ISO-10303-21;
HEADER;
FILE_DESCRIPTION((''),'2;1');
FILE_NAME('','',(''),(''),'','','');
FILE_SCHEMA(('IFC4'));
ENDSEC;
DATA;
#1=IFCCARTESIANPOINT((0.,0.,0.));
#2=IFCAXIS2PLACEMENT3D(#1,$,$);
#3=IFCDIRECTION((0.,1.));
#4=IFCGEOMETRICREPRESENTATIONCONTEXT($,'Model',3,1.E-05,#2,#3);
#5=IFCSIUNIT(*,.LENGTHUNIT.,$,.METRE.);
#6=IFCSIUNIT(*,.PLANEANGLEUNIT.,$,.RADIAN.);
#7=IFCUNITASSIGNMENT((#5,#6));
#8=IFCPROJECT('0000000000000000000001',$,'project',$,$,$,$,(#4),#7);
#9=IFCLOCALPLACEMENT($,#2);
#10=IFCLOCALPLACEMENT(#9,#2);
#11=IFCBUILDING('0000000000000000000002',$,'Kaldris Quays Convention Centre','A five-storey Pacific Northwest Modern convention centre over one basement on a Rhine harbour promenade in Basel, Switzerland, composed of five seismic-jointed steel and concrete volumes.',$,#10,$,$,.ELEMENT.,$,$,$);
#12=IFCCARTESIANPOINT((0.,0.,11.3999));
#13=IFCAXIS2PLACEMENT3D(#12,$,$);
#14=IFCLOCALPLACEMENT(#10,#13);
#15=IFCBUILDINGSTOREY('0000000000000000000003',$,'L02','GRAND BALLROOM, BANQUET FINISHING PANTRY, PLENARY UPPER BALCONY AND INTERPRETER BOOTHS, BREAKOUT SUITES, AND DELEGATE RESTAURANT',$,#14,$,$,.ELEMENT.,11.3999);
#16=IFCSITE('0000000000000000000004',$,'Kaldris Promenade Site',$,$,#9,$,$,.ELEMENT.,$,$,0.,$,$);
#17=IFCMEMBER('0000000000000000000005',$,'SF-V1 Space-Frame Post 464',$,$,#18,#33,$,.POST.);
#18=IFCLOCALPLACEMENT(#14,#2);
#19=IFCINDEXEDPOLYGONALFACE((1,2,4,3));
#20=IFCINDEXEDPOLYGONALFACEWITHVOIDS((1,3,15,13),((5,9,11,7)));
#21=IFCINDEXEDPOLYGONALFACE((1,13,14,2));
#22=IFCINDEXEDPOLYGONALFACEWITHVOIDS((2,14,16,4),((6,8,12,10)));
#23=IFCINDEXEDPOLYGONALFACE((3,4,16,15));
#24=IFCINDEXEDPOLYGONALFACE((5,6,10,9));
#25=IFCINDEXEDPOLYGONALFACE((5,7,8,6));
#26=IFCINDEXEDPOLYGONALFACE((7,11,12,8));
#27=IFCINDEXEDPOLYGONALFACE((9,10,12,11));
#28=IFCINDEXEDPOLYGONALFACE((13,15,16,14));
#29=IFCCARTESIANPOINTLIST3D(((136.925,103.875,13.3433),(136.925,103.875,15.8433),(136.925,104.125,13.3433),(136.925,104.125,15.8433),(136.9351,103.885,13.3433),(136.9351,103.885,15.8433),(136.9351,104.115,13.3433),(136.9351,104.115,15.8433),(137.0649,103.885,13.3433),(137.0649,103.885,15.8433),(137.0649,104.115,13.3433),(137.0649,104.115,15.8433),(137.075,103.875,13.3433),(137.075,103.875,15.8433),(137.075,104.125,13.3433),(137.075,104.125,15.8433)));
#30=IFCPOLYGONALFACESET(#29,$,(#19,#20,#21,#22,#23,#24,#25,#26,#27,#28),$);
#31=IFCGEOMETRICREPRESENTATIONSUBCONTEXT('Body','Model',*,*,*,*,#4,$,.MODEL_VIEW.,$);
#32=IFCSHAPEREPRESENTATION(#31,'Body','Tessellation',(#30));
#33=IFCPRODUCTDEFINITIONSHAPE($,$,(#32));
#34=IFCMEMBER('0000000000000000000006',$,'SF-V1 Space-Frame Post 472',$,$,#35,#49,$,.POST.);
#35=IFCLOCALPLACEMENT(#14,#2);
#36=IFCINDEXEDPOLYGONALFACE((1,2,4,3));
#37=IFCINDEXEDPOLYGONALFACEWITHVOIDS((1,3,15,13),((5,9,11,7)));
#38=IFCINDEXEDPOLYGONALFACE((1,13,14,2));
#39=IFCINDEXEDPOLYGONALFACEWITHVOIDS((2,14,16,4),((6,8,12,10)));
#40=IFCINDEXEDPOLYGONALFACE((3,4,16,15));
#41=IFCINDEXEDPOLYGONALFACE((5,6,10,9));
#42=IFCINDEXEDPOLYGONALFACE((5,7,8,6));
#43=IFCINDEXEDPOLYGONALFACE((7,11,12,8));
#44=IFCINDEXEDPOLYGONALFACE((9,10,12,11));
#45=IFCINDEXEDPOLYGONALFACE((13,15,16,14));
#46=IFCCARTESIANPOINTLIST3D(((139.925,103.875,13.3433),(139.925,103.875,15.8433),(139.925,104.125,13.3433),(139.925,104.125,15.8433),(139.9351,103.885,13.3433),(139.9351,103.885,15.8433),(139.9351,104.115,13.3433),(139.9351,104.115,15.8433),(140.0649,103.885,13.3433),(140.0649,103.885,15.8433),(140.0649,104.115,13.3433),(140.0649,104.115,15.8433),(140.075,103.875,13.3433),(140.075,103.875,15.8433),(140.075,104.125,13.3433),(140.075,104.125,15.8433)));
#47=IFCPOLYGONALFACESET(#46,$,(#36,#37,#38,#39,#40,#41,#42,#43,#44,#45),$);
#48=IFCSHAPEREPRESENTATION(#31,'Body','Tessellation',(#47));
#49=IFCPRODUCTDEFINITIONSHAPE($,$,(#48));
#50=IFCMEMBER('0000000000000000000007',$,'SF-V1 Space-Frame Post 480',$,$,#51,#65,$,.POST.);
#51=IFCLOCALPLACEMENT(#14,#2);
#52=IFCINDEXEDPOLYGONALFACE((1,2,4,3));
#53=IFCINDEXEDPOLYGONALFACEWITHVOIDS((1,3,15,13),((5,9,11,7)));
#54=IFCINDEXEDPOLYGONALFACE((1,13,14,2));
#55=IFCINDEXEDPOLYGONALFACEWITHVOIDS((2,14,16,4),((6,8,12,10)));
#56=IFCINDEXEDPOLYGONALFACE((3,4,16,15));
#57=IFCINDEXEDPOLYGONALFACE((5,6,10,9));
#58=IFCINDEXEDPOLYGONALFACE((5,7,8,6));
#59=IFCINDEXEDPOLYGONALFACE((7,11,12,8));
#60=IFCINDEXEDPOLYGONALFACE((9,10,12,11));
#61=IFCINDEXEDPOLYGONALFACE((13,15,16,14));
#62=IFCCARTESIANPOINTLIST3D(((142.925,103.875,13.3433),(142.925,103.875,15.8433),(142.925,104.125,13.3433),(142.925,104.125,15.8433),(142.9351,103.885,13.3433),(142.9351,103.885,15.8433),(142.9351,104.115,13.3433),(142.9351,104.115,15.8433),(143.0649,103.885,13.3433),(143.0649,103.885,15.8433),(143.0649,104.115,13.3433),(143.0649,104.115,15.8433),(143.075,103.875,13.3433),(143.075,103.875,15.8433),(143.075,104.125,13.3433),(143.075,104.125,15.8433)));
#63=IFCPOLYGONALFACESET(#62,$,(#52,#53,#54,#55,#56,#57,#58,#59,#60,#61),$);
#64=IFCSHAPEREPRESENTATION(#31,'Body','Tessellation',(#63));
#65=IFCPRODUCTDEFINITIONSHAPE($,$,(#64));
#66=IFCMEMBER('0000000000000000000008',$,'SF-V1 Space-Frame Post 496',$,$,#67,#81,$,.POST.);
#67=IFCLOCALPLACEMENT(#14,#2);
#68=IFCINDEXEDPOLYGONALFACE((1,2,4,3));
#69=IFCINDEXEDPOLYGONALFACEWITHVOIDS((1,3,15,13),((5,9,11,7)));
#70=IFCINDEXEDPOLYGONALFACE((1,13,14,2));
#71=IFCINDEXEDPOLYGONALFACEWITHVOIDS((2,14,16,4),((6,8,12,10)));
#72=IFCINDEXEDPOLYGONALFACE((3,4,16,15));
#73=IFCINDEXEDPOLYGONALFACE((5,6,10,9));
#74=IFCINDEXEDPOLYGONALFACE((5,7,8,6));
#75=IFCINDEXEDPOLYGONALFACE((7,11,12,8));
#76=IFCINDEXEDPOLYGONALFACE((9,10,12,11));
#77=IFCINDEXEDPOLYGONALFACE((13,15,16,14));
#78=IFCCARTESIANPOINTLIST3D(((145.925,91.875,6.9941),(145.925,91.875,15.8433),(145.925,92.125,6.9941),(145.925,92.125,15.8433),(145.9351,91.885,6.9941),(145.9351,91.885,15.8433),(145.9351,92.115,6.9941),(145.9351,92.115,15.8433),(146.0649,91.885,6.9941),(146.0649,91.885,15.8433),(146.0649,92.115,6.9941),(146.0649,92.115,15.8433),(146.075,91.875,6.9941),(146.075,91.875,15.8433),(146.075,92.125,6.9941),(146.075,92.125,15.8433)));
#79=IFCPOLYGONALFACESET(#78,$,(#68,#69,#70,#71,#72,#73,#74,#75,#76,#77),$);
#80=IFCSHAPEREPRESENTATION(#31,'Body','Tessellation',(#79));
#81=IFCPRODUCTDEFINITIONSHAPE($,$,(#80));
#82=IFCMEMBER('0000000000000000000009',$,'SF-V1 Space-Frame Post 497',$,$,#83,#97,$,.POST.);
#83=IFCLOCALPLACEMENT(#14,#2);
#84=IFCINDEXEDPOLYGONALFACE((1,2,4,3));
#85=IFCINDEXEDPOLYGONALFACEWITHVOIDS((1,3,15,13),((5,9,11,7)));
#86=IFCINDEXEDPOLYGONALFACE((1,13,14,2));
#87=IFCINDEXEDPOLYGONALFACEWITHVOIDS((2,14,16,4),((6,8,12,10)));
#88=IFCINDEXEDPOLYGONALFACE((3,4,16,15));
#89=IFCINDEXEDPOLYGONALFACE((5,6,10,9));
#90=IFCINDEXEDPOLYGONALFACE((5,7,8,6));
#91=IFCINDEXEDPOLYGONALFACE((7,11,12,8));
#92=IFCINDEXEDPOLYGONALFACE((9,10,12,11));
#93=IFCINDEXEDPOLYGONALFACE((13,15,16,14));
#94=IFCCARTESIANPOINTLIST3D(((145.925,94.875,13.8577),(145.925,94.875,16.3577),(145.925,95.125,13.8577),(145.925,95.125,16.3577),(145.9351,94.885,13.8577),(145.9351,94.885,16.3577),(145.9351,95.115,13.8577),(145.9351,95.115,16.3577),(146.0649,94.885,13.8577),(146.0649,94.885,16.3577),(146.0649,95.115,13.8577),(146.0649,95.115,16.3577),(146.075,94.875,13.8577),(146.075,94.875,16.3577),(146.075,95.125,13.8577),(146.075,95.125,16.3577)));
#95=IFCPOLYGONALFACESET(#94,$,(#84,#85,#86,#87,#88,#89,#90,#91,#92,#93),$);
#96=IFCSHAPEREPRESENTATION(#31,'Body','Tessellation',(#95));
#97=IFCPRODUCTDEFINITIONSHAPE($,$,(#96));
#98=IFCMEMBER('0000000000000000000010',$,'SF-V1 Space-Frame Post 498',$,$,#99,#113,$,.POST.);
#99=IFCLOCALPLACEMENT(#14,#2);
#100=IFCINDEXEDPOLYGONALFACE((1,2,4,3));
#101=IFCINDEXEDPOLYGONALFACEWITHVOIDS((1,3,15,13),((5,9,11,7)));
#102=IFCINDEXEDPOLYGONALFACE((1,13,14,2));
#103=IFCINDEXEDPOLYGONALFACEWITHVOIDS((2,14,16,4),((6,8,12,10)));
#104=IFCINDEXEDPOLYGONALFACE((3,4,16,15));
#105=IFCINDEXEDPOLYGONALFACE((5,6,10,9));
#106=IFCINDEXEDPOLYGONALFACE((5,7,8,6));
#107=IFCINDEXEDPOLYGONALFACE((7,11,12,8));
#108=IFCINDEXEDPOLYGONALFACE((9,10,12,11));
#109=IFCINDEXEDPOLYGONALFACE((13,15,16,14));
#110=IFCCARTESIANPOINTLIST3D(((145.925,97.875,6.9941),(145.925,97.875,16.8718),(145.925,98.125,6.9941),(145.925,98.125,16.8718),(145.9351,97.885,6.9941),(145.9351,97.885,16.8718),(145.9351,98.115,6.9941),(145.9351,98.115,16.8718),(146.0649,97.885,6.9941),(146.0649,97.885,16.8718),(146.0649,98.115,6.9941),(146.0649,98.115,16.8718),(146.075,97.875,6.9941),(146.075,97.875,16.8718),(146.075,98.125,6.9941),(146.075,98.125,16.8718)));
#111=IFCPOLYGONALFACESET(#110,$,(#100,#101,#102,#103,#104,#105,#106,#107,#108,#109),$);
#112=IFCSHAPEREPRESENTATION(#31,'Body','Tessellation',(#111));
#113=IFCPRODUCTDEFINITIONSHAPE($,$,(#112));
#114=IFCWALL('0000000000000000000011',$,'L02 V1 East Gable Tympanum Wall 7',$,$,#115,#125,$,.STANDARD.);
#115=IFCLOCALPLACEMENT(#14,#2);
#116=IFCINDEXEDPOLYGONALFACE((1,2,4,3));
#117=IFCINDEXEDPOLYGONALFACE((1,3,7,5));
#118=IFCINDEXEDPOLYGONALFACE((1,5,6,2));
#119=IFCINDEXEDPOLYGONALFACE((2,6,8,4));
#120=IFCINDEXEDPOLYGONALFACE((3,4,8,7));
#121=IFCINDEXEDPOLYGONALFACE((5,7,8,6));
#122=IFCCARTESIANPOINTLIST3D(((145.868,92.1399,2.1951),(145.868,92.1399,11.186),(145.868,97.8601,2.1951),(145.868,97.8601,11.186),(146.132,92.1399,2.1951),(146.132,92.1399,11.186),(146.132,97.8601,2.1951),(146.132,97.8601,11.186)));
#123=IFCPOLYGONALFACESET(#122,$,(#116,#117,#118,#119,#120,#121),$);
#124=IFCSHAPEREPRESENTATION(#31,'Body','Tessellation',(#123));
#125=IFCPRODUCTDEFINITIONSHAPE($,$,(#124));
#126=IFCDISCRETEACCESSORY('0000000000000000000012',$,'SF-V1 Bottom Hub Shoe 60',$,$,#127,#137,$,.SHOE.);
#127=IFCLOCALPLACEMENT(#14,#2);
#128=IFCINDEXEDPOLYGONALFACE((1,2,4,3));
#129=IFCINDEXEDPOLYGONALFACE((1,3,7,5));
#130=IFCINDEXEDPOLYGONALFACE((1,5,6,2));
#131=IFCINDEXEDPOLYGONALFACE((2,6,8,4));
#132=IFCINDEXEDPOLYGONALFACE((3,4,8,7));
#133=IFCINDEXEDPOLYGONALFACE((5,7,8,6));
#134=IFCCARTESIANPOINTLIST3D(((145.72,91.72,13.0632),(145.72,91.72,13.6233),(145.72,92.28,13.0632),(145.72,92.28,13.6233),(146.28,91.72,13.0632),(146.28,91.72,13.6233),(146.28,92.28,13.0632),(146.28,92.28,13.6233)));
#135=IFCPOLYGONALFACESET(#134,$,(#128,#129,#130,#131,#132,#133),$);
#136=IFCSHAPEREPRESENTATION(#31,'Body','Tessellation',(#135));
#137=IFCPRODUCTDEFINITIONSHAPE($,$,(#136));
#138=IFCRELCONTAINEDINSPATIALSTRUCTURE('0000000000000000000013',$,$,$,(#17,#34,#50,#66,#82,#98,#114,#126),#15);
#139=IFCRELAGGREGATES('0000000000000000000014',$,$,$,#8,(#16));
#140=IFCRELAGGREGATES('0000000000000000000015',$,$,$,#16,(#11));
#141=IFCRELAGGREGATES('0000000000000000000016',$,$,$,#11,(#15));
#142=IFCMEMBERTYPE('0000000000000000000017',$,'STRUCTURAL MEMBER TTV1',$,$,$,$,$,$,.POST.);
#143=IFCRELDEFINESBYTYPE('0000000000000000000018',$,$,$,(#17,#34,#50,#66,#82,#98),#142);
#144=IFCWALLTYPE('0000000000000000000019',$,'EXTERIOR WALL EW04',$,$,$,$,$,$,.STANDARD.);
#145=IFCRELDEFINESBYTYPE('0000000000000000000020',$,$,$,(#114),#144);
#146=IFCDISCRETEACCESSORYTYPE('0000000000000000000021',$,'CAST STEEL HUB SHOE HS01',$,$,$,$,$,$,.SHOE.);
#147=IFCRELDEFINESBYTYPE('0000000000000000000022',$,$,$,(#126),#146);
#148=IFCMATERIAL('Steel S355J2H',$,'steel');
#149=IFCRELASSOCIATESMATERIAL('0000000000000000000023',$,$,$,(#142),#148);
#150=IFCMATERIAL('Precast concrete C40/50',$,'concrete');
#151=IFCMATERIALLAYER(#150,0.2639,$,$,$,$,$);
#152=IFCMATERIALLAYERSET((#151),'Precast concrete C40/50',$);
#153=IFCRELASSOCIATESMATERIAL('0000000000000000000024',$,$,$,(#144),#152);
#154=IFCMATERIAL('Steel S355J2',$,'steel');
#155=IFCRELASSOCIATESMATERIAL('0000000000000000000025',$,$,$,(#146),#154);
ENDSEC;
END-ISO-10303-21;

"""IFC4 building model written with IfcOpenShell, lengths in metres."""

from ifc_helpers import new_model, si_unit, direction, frame, frame_2d, origin, origin_2d, place, context, subcontext, project, spatial, rectangle, hollow_rectangle, extrude, material, layer, layer_set, material_profile, profile_set, type_object, element, save


model = new_model("IFC4")

# Units and contexts
model_context = context("Model", 3, precision=1e-05, world=origin(), true_north=direction((0.0, 1.0)))
body_context = subcontext(model_context, "Body", "Model", "MODEL_VIEW")
ifc_project = project(units=[si_unit("LENGTHUNIT", "METRE"), si_unit("PLANEANGLEUNIT", "RADIAN")], contexts=[model_context])

# Site, building, storey
site_placement = place(None, origin())
site = spatial("IfcSite", under=ifc_project, at=site_placement, Name="Kaldris Promenade Site", CompositionType="ELEMENT", RefElevation=0.0)
building_placement = place(site_placement, origin())
building = spatial("IfcBuilding", under=site, at=building_placement, Name="Kaldris Quays Convention Centre", Description="A five-storey Pacific Northwest Modern convention centre over one basement on a Rhine harbour promenade in Basel, Switzerland, composed of five seismic-jointed steel and concrete volumes.", CompositionType="ELEMENT")
storey_placement = place(building_placement, frame((0.0, 0.0, 11.3999)))
storey = spatial("IfcBuildingStorey", under=building, at=storey_placement, Name="L02", Description="GRAND BALLROOM, BANQUET FINISHING PANTRY, PLENARY UPPER BALCONY AND INTERPRETER BOOTHS, BREAKOUT SUITES, AND DELEGATE RESTAURANT", CompositionType="ELEMENT", Elevation=11.3999)

# Shared definitions
ifc_material_1 = material(Name="Steel S355J2", Category="steel")

# Members
ifc_material_2 = material(Name="Steel S355J2H", Category="steel")
ifc_material_profile_1 = material_profile(ifc_material_2, hollow_rectangle(XDim=0.1499, YDim=0.25, WallThickness=0.01, at=origin_2d()), Name="RHS 250x150x10")
ifc_profile_set_1 = profile_set([ifc_material_profile_1], Name="Steel S355J2H")
member_type_1 = type_object("IfcMemberType", Name="STRUCTURAL MEMBER TTV1", PredefinedType="POST", material=ifc_profile_set_1)
for number, where, z_axis, x_axis, name in (
    (1, (137.0, 104.0, 13.3433), (0.0, 0.0, 1.0), (1.0, 0.0, 0.0), "SF-V1 Space-Frame Post 464"),
    (2, (140.0, 104.0, 13.3433), (0.0, 0.0, 1.0), (1.0, 0.0, 0.0), "SF-V1 Space-Frame Post 472"),
    (3, (143.0, 104.0, 13.3433), (0.0, 0.0, 1.0), (1.0, 0.0, 0.0), "SF-V1 Space-Frame Post 480"),
):
    element("IfcMember", number, at=place(storey_placement, frame(where, z_axis=z_axis, x_axis=x_axis)), inside=storey, type_object=member_type_1, Name=name, PredefinedType="POST", context=body_context, shape_type="SweptSolid", body=[
        extrude(hollow_rectangle(XDim=0.1499, YDim=0.25, WallThickness=0.01, at=origin_2d()), origin(), (0.0, 0.0, 1.0), 2.5),
    ])
member_1_placement = place(storey_placement, frame((146.0, 92.0, 6.9941), z_axis=(0.0, 0.0, 1.0), x_axis=(1.0, 0.0, 0.0)))
element("IfcMember", 4, at=member_1_placement, inside=storey, type_object=member_type_1, Name="SF-V1 Space-Frame Post 496", PredefinedType="POST", context=body_context, shape_type="SweptSolid", body=[
    extrude(hollow_rectangle(XDim=0.1499, YDim=0.25, WallThickness=0.01, at=origin_2d()), origin(), (0.0, 0.0, 1.0), 8.8491),
])
member_2_placement = place(storey_placement, frame((146.0, 95.0, 13.8577), z_axis=(0.0, 0.0, 1.0), x_axis=(1.0, 0.0, 0.0)))
element("IfcMember", 5, at=member_2_placement, inside=storey, type_object=member_type_1, Name="SF-V1 Space-Frame Post 497", PredefinedType="POST", context=body_context, shape_type="SweptSolid", body=[
    extrude(hollow_rectangle(XDim=0.1499, YDim=0.25, WallThickness=0.01, at=origin_2d()), origin(), (0.0, 0.0, 1.0), 2.5),
])
member_3_placement = place(storey_placement, frame((146.0, 98.0, 6.9941), z_axis=(0.0, 0.0, 1.0), x_axis=(1.0, 0.0, 0.0)))
element("IfcMember", 6, at=member_3_placement, inside=storey, type_object=member_type_1, Name="SF-V1 Space-Frame Post 498", PredefinedType="POST", context=body_context, shape_type="SweptSolid", body=[
    extrude(hollow_rectangle(XDim=0.1499, YDim=0.25, WallThickness=0.01, at=origin_2d()), origin(), (0.0, 0.0, 1.0), 9.8777),
])

# Wall
ifc_material_3 = material(Name="Precast concrete C40/50", Category="concrete")
ifc_layer = layer(ifc_material_3, 0.2639)
ifc_layer_set = layer_set([ifc_layer], Name="Precast concrete C40/50")
wall_type = type_object("IfcWallType", Name="EXTERIOR WALL EW04", PredefinedType="STANDARD", material=ifc_layer_set)
wall_placement = place(storey_placement, frame((146.0, 92.1399, 2.1951), z_axis=(0.0, 0.0, 1.0), x_axis=(0.0, 1.0, 0.0)))
element("IfcWall", 7, at=wall_placement, inside=storey, type_object=wall_type, Name="L02 V1 East Gable Tympanum Wall 7", PredefinedType="STANDARD", context=body_context, shape_type="SweptSolid", body=[
    extrude(rectangle(XDim=5.7202, YDim=0.2639, at=frame_2d((2.8601, 0.0))), origin(), (0.0, 0.0, 1.0), 8.991),
])

# Discrete accessory
discrete_accessory_type = type_object("IfcDiscreteAccessoryType", Name="CAST STEEL HUB SHOE HS01", PredefinedType="SHOE", material=ifc_material_1)
discrete_accessory_placement = place(storey_placement, frame((146.0, 92.0, 13.0632), z_axis=(0.0, 0.0, 1.0), x_axis=(1.0, 0.0, 0.0)))
element("IfcDiscreteAccessory", 8, at=discrete_accessory_placement, inside=storey, type_object=discrete_accessory_type, Name="SF-V1 Bottom Hub Shoe 60", PredefinedType="SHOE", context=body_context, shape_type="SweptSolid", body=[
    extrude(rectangle(XDim=0.5601, YDim=0.5601, at=origin_2d()), origin(), (0.0, 0.0, 1.0), 0.5601),
])

save(model, "model.ifc")
